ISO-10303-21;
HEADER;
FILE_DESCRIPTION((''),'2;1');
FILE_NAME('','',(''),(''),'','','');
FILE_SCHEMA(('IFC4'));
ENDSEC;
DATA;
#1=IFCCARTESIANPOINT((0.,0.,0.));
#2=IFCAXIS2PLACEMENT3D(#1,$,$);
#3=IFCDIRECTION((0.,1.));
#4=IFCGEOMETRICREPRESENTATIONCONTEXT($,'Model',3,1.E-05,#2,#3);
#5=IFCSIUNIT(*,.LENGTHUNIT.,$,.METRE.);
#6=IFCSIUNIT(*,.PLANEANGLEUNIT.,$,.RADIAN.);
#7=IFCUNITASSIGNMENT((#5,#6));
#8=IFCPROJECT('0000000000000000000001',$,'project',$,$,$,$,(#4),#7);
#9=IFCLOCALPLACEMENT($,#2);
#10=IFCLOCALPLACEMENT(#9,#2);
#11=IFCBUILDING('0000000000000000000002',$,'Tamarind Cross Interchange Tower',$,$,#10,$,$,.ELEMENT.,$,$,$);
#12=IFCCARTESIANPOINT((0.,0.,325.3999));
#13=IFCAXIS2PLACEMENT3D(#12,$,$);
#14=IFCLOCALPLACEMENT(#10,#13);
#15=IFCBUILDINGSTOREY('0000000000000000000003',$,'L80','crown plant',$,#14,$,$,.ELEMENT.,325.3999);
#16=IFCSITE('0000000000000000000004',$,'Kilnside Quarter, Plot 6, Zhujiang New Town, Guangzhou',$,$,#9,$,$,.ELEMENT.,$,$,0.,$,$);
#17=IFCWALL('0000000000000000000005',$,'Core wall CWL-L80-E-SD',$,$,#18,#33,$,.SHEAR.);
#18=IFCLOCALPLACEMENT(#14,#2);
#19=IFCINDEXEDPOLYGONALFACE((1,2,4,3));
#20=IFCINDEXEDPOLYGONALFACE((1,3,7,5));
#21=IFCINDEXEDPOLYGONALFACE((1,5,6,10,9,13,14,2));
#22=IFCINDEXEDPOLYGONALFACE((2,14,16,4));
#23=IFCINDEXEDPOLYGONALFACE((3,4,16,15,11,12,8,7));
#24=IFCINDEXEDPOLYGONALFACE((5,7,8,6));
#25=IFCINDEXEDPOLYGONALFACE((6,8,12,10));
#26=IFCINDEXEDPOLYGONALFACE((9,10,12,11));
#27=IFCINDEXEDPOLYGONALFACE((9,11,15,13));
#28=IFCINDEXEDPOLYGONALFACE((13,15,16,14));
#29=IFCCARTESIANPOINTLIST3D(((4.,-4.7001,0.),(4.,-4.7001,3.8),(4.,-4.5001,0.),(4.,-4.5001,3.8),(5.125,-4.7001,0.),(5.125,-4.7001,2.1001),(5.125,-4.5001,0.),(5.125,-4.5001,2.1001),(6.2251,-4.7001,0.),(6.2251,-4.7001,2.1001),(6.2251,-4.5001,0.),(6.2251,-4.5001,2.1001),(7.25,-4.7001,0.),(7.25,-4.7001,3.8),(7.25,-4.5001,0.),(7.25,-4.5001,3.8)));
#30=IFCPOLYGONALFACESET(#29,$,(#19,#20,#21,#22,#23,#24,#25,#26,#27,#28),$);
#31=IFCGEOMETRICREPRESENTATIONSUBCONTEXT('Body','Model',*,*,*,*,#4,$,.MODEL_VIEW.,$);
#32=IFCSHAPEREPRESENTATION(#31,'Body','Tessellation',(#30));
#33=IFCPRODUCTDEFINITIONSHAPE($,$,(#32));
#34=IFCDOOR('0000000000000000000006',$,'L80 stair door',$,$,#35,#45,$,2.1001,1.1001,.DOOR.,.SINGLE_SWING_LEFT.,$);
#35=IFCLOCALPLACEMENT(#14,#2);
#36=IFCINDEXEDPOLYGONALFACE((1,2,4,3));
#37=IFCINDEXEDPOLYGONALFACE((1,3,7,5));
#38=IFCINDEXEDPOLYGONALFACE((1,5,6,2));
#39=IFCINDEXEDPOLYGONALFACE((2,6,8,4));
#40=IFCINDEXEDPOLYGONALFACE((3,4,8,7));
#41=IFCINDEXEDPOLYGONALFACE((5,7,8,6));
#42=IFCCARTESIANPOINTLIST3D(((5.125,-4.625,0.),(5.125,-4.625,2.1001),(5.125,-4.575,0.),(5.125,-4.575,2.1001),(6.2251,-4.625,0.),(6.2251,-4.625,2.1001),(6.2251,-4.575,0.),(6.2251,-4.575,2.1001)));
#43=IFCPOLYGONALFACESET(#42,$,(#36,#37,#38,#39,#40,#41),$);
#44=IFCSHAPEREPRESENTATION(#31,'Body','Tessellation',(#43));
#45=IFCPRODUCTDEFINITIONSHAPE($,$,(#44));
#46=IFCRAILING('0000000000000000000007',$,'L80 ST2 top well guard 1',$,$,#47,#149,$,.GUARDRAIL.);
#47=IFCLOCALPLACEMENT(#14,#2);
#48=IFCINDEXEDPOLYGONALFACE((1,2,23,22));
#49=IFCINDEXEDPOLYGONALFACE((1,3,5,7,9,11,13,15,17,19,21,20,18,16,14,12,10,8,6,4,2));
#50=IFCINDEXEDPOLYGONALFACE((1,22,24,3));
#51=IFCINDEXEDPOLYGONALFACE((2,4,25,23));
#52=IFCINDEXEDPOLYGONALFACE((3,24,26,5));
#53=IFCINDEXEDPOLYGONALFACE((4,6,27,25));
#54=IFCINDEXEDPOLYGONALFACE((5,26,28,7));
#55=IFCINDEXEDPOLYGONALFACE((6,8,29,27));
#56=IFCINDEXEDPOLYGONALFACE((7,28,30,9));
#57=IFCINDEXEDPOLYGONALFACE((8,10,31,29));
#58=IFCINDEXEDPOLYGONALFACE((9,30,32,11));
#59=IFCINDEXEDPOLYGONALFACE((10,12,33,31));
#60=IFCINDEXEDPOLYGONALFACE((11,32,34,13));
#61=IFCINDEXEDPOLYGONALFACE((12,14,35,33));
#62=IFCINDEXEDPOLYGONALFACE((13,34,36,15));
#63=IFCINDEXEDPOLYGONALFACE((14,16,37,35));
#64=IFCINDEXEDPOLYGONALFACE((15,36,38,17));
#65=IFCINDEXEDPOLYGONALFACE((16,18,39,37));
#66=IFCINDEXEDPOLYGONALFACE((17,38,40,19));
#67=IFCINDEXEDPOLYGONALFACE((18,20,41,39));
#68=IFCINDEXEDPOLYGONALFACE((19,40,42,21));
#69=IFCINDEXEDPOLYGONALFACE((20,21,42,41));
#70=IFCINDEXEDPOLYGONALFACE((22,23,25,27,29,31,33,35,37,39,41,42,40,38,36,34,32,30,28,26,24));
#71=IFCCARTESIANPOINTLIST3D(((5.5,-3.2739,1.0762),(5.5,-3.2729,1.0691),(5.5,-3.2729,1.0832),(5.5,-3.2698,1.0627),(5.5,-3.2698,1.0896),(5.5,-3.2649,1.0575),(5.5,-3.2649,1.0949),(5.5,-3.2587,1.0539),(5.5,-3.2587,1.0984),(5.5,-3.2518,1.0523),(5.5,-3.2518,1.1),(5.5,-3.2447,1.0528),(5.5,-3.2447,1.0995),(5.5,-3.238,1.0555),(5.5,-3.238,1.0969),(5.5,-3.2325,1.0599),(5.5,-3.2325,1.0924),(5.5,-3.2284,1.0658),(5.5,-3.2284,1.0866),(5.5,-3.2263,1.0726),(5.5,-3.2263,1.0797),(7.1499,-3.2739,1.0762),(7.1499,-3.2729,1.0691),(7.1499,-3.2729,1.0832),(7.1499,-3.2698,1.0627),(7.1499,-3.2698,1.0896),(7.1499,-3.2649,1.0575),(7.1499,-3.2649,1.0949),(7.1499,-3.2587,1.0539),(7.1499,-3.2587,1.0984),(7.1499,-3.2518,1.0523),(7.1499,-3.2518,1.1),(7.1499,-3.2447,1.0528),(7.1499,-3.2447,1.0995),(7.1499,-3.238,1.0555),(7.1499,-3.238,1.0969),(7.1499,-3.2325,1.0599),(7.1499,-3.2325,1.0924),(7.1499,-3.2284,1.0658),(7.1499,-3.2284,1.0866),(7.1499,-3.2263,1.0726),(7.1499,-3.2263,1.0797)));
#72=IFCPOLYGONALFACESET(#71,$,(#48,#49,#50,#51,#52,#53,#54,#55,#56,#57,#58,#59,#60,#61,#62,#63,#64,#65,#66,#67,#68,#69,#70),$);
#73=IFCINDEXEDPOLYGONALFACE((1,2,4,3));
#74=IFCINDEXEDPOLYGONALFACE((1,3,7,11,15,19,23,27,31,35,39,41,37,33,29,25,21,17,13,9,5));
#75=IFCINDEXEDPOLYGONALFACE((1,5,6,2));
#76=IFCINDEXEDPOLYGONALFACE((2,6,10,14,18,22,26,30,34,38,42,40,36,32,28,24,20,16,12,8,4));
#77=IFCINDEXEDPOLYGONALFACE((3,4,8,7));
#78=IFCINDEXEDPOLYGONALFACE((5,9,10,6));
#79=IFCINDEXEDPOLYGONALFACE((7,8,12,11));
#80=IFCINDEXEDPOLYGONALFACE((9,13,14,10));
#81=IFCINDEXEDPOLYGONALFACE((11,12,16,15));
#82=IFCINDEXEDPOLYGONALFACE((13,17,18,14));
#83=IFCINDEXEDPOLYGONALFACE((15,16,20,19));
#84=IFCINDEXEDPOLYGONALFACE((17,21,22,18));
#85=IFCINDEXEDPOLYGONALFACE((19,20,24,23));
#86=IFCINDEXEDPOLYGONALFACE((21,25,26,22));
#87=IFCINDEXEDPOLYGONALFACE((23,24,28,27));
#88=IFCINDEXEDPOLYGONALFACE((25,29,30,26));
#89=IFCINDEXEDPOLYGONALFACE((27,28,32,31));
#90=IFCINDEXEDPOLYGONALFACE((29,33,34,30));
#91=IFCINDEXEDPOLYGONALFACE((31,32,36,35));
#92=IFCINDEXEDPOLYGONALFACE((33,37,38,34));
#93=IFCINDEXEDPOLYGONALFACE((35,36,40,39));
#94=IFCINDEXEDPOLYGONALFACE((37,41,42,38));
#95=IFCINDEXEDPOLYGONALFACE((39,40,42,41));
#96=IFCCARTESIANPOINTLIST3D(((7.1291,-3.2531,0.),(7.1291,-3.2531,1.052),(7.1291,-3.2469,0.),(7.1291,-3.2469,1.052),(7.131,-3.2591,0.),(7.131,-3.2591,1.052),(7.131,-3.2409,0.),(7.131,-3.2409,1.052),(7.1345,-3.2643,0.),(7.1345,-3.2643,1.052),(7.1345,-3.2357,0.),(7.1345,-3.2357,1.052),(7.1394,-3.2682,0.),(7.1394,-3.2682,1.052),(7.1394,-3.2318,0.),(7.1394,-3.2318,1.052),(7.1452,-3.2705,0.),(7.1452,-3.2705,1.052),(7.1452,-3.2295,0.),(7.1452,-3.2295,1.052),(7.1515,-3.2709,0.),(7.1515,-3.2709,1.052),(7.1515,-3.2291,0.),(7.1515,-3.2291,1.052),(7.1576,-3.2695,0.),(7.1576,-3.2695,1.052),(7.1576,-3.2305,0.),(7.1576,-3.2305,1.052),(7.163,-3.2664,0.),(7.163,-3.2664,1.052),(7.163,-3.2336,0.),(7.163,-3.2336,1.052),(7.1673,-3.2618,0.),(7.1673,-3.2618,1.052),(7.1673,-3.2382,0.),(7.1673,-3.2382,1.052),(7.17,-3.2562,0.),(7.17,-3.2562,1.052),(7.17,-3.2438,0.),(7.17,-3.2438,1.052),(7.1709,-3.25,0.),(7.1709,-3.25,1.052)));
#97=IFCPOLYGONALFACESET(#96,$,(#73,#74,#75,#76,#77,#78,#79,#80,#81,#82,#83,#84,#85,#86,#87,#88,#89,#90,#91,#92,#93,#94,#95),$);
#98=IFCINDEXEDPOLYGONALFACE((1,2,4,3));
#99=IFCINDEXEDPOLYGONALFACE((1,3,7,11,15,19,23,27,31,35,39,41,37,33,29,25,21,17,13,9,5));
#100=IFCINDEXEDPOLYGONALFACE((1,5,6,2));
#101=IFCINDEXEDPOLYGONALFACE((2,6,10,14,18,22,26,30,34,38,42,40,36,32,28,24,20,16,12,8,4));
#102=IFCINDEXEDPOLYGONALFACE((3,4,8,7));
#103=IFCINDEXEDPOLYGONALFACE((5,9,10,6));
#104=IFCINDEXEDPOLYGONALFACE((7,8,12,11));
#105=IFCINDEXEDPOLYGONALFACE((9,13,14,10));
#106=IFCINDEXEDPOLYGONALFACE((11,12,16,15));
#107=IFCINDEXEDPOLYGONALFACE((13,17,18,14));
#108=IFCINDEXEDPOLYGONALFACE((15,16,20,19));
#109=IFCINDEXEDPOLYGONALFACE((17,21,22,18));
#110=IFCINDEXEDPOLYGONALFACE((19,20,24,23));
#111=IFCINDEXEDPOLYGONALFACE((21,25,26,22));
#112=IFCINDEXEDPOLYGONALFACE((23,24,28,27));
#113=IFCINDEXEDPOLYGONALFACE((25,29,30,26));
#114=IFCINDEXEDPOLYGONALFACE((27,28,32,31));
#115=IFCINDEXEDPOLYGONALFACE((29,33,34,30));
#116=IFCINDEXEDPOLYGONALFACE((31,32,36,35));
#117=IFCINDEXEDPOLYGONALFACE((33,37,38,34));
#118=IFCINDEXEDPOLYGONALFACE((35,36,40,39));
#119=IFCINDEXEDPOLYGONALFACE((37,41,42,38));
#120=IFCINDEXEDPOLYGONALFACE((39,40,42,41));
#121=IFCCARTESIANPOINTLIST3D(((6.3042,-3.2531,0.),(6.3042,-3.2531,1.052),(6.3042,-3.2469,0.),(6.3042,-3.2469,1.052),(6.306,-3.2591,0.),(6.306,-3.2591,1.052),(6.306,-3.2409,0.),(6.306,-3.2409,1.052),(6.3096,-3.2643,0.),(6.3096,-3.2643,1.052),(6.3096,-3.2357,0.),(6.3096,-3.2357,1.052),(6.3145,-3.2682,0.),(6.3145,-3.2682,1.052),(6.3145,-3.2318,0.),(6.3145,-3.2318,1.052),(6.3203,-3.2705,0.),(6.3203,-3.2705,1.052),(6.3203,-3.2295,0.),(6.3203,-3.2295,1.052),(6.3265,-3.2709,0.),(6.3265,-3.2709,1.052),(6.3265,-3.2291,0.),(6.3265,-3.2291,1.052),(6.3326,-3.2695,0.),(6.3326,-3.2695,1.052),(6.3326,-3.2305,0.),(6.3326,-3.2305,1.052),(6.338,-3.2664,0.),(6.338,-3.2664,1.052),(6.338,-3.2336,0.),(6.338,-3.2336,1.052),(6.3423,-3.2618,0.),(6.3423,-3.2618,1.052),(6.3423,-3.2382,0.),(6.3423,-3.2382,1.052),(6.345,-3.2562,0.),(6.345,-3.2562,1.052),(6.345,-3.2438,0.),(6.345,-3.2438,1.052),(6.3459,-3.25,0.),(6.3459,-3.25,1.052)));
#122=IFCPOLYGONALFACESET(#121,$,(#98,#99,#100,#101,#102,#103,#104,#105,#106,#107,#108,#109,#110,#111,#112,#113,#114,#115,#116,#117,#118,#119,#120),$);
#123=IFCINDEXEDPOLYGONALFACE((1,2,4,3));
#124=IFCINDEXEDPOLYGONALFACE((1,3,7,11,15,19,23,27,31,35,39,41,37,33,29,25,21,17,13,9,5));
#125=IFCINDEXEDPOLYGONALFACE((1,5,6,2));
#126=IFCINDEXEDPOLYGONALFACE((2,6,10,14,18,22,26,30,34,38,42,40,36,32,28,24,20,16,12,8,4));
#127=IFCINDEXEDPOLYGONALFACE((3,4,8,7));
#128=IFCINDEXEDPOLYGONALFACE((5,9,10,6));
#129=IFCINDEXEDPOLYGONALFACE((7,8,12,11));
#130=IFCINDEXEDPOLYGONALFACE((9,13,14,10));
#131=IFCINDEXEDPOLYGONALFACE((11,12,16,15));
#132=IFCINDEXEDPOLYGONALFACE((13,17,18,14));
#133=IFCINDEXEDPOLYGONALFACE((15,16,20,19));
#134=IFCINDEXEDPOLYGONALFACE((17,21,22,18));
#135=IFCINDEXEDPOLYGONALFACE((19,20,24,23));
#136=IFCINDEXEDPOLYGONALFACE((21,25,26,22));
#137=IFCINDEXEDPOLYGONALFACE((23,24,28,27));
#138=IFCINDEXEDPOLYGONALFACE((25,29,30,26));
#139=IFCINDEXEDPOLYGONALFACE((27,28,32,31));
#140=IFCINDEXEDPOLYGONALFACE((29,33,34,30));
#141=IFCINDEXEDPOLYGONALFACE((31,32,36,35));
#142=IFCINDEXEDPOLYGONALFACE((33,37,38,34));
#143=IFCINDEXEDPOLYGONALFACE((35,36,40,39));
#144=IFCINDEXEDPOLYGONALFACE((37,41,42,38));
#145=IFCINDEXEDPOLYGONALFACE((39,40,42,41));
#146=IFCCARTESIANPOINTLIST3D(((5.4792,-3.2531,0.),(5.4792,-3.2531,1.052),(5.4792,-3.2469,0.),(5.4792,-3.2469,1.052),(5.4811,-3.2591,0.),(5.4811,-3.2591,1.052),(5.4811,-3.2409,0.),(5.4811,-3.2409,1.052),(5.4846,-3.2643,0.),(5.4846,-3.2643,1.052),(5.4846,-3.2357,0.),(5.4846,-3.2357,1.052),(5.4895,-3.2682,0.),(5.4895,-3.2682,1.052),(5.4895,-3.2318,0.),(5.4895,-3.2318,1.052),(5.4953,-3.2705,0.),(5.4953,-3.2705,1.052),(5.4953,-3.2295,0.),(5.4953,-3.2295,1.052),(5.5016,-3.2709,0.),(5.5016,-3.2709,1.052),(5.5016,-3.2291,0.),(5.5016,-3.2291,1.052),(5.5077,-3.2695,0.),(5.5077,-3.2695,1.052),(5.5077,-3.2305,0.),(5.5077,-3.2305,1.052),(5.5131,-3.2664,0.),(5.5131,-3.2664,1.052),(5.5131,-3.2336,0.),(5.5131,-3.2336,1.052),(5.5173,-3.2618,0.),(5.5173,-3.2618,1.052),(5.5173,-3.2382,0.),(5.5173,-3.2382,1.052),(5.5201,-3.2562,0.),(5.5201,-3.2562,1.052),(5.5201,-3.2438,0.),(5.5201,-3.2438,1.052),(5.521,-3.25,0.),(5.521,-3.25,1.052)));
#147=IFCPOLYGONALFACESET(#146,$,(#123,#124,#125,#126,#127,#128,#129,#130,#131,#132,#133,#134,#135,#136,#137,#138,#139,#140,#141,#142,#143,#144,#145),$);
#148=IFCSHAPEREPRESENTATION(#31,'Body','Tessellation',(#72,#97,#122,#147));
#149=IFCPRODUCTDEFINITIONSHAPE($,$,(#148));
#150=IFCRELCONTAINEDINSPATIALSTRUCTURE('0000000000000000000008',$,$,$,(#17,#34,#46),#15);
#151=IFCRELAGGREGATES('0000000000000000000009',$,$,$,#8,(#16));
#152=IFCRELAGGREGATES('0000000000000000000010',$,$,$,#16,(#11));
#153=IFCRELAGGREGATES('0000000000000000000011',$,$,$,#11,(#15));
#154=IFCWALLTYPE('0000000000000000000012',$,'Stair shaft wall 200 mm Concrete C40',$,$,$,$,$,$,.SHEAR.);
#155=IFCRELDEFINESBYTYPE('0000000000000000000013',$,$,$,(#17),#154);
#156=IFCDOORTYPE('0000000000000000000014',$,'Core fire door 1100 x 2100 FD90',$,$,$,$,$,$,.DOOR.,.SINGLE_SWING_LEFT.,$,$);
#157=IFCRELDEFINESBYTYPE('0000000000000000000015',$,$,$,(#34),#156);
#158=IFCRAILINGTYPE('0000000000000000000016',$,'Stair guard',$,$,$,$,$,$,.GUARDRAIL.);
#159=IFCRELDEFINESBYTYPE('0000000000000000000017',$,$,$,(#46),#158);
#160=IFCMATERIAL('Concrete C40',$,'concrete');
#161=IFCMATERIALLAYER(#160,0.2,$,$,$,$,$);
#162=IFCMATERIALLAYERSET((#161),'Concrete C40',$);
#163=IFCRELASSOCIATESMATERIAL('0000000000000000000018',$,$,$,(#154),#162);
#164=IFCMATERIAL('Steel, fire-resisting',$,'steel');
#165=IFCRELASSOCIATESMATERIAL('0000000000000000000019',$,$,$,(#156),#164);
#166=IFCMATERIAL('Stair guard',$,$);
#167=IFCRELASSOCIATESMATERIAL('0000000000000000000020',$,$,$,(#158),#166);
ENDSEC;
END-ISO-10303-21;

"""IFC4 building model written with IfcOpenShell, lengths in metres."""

from ifc_helpers import new_model, si_unit, direction, frame, frame_2d, origin, origin_2d, place, context, subcontext, project, spatial, rectangle, circle, extrude, material, layer, layer_set, type_object, element, fill, save


model = new_model("IFC4")

# Units and contexts
model_context = context("Model", 3, precision=1e-05, world=origin(), true_north=direction((0.0, 1.0)))
body_context = subcontext(model_context, "Body", "Model", "MODEL_VIEW")
ifc_project = project(units=[si_unit("LENGTHUNIT", "METRE"), si_unit("PLANEANGLEUNIT", "RADIAN")], contexts=[model_context])

# Site, building, storey
site_placement = place(None, origin())
site = spatial("IfcSite", under=ifc_project, at=site_placement, Name="Kilnside Quarter, Plot 6, Zhujiang New Town, Guangzhou", CompositionType="ELEMENT", RefElevation=0.0)
building_placement = place(site_placement, origin())
building = spatial("IfcBuilding", under=site, at=building_placement, Name="Tamarind Cross Interchange Tower", CompositionType="ELEMENT")
storey_placement = place(building_placement, frame((0.0, 0.0, 325.3999)))
storey = spatial("IfcBuildingStorey", under=building, at=storey_placement, Name="L80", Description="crown plant", CompositionType="ELEMENT", Elevation=325.3999)

# Shared definitions
ifc_material_1 = material(Name="Steel, fire-resisting", Category="steel")

# Wall, opening, door
ifc_material_2 = material(Name="Concrete C40", Category="concrete")
ifc_layer_1 = layer(ifc_material_2, 0.2)
ifc_layer_set_1 = layer_set([ifc_layer_1], Name="Concrete C40")
wall_type_1 = type_object("IfcWallType", Name="Stair shaft wall 200 mm Concrete C40", PredefinedType="SHEAR", material=ifc_layer_set_1)
wall_1_placement = place(storey_placement, frame((7.25, -4.6001, 0.0), z_axis=(0.0, 0.0, 1.0), x_axis=(-1.0, 0.0, 0.0)))
wall_1 = element("IfcWall", 1, at=wall_1_placement, inside=storey, type_object=wall_type_1, Name="Core wall CWL-L80-E-SD", PredefinedType="SHEAR", context=body_context, shape_type="SweptSolid", body=[
    extrude(rectangle(XDim=3.25, YDim=0.2, at=frame_2d((1.625, 0.0))), origin(), (0.0, 0.0, 1.0), 3.8),
])
opening_1_placement = place(wall_1_placement, frame((1.0249, 0.0, 0.0)))
opening_1 = element("IfcOpeningElement", 2, at=opening_1_placement, cuts=wall_1, PredefinedType="OPENING", context=body_context, shape_type="SweptSolid", body=[
    extrude(rectangle(XDim=1.1001, YDim=2.1001, at=frame_2d((0.55, 1.05))), frame((0.0, 0.1099, 0.0), z_axis=(0.0, -1.0, 0.0), x_axis=(1.0, 0.0, 0.0)), (0.0, 0.0, 1.0), 0.22),
])
door_type_1 = type_object("IfcDoorType", Name="Core fire door 1100 x 2100 FD90", OperationType="SINGLE_SWING_LEFT", PredefinedType="DOOR", material=ifc_material_1)
door_1_placement = place(opening_1_placement, origin())
door_1 = element("IfcDoor", 3, at=door_1_placement, inside=storey, type_object=door_type_1, Name="L80 stair door", OperationType="SINGLE_SWING_LEFT", OverallHeight=2.1001, OverallWidth=1.1001, PredefinedType="DOOR", context=body_context, shape_type="SweptSolid", body=[
    extrude(rectangle(XDim=1.1001, YDim=2.1001, at=frame_2d((0.55, 1.05))), frame((0.0, 0.0249, 0.0), z_axis=(0.0, -1.0, 0.0), x_axis=(1.0, 0.0, 0.0)), (0.0, 0.0, 1.0), 0.05),
])
fill(opening_1, door_1)

# Railing
ifc_material_3 = material(Name="Stair guard")
railing_type = type_object("IfcRailingType", Name="Stair guard", PredefinedType="GUARDRAIL", material=ifc_material_3)
railing_placement = place(storey_placement, frame((7.1499, -3.25, 0.0)))
element("IfcRailing", 4, at=railing_placement, inside=storey, type_object=railing_type, Name="L80 ST2 top well guard 1", PredefinedType="GUARDRAIL", context=body_context, shape_type="SweptSolid", body=[
    extrude(circle(Radius=0.0239, at=origin_2d()), frame((0.0, 0.0, 1.0762), z_axis=(-1.0, 0.0, 0.0), x_axis=(0.0, -1.0, 0.0)), (0.0, 0.0, 1.0), 1.6499),
    extrude(circle(Radius=0.021, at=origin_2d()), origin(), (0.0, 0.0, 1.0), 1.052),
    extrude(circle(Radius=0.021, at=origin_2d()), frame((-0.825, 0.0, 0.0)), (0.0, 0.0, 1.0), 1.052),
    extrude(circle(Radius=0.021, at=origin_2d()), frame((-1.6499, 0.0, 0.0)), (0.0, 0.0, 1.0), 1.052),
])

save(model, "model.ifc")
